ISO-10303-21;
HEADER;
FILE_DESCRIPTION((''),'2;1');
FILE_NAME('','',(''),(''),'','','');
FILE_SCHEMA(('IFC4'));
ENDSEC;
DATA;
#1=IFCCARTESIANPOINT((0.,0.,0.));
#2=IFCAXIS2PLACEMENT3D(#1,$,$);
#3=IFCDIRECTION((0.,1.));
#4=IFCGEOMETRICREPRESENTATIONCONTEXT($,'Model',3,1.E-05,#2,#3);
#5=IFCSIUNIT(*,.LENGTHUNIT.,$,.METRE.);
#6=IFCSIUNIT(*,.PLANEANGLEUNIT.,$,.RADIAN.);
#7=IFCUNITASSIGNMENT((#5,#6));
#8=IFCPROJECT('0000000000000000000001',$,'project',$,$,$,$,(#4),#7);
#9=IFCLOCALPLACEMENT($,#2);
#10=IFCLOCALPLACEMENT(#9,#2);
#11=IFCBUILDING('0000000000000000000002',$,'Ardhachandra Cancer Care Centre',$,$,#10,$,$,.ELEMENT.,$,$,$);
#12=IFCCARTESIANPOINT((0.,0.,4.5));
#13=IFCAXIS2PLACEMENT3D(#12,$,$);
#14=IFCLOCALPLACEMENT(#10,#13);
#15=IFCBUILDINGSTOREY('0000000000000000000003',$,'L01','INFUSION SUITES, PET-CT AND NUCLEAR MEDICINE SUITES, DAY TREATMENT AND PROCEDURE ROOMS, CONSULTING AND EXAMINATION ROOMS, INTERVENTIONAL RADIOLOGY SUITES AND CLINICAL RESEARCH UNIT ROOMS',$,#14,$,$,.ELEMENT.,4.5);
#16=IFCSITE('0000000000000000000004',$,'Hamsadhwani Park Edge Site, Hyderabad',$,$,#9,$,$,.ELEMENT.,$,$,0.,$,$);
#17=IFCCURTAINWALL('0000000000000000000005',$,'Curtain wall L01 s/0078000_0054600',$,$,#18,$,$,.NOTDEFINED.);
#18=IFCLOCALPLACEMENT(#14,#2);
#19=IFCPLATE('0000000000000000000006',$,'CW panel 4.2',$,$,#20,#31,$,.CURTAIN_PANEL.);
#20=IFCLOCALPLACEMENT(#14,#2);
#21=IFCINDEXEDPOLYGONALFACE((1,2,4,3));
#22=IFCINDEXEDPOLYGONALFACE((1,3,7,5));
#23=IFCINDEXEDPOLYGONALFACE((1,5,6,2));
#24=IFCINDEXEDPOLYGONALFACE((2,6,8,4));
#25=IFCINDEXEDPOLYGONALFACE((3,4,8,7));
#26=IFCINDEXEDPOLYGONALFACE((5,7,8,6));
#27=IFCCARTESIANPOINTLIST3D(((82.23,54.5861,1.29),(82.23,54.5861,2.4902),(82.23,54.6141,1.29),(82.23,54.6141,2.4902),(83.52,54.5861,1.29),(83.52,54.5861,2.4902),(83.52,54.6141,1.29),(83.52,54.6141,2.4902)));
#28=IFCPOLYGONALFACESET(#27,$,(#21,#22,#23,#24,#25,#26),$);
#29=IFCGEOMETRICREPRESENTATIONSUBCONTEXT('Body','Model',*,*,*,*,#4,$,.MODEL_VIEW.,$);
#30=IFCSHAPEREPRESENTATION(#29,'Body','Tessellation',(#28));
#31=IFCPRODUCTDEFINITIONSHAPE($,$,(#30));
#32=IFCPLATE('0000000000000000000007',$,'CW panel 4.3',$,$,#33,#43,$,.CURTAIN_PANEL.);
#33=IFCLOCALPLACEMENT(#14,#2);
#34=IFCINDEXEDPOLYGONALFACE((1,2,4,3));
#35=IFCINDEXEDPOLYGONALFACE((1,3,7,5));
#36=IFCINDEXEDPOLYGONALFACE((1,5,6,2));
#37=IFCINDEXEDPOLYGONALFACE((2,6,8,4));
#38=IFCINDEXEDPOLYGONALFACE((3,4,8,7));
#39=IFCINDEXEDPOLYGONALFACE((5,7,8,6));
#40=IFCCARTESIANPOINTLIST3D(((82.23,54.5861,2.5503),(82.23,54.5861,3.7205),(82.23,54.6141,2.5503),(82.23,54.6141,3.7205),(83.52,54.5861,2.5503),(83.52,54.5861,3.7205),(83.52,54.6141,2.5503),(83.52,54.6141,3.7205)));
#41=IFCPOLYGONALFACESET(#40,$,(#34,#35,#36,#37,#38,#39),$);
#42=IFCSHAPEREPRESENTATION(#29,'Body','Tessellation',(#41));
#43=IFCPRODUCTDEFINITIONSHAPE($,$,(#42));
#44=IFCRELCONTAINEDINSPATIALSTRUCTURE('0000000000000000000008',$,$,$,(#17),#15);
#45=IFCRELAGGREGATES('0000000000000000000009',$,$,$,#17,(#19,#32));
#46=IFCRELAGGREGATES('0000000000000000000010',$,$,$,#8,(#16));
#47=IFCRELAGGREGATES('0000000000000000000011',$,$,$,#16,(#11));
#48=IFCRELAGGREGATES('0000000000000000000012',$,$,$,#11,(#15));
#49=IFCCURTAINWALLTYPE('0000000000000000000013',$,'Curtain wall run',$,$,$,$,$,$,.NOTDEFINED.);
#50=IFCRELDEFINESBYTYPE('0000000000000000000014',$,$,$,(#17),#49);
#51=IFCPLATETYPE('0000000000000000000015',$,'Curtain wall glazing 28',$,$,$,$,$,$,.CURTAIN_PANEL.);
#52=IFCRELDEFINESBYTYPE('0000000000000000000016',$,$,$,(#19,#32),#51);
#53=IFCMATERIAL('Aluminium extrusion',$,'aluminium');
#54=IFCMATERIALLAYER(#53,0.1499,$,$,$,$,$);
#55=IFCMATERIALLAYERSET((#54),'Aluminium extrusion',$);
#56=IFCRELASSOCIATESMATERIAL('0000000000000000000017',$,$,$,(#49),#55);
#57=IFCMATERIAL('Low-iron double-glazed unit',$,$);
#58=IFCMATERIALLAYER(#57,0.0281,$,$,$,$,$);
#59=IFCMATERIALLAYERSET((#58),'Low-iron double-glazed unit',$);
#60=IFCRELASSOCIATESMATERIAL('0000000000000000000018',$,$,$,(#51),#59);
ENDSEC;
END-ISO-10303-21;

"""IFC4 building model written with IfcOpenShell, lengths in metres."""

from ifc_helpers import new_model, si_unit, direction, frame, origin, origin_2d, place, context, subcontext, project, spatial, rectangle, extrude, material, layer, layer_set, type_object, element, aggregate, save


model = new_model("IFC4")

# Units and contexts
model_context = context("Model", 3, precision=1e-05, world=origin(), true_north=direction((0.0, 1.0)))
body_context = subcontext(model_context, "Body", "Model", "MODEL_VIEW")
ifc_project = project(units=[si_unit("LENGTHUNIT", "METRE"), si_unit("PLANEANGLEUNIT", "RADIAN")], contexts=[model_context])

# Site, building, storey
site_placement = place(None, origin())
site = spatial("IfcSite", under=ifc_project, at=site_placement, Name="Hamsadhwani Park Edge Site, Hyderabad", CompositionType="ELEMENT", RefElevation=0.0)
building_placement = place(site_placement, origin())
building = spatial("IfcBuilding", under=site, at=building_placement, Name="Ardhachandra Cancer Care Centre", CompositionType="ELEMENT")
storey_placement = place(building_placement, frame((0.0, 0.0, 4.5)))
storey = spatial("IfcBuildingStorey", under=building, at=storey_placement, Name="L01", Description="INFUSION SUITES, PET-CT AND NUCLEAR MEDICINE SUITES, DAY TREATMENT AND PROCEDURE ROOMS, CONSULTING AND EXAMINATION ROOMS, INTERVENTIONAL RADIOLOGY SUITES AND CLINICAL RESEARCH UNIT ROOMS", CompositionType="ELEMENT", Elevation=4.5)

# Shared definitions
ifc_material_1 = material(Name="Aluminium extrusion", Category="aluminium")
ifc_layer_1 = layer(ifc_material_1, 0.1499)
ifc_layer_set_1 = layer_set([ifc_layer_1], Name="Aluminium extrusion")
curtain_wall_type = type_object("IfcCurtainWallType", Name="Curtain wall run", PredefinedType="NOTDEFINED", material=ifc_layer_set_1)

# Curtain wall
curtain_wall_1_placement = place(storey_placement, origin())
curtain_wall_1 = element("IfcCurtainWall", 1, at=curtain_wall_1_placement, inside=storey, type_object=curtain_wall_type, Name="Curtain wall L01 s/0078000_0054600", PredefinedType="NOTDEFINED")

# Plates
ifc_material_2 = material(Name="Low-iron double-glazed unit")
ifc_layer_2 = layer(ifc_material_2, 0.0281)
ifc_layer_set_2 = layer_set([ifc_layer_2], Name="Low-iron double-glazed unit")
plate_type = type_object("IfcPlateType", Name="Curtain wall glazing 28", PredefinedType="CURTAIN_PANEL", material=ifc_layer_set_2)
plate_1_placement = place(storey_placement, frame((82.875, 54.6001, 1.29), z_axis=(0.0, 0.0, 1.0), x_axis=(1.0, 0.0, 0.0)))
plate_1 = element("IfcPlate", 2, at=plate_1_placement, type_object=plate_type, Name="CW panel 4.2", PredefinedType="CURTAIN_PANEL", context=body_context, shape_type="SweptSolid", body=[
    extrude(rectangle(XDim=1.29, YDim=0.0281, at=origin_2d()), origin(), (0.0, 0.0, 1.0), 1.2002),
])
plate_2_placement = place(storey_placement, frame((82.875, 54.6001, 2.5503), z_axis=(0.0, 0.0, 1.0), x_axis=(1.0, 0.0, 0.0)))
plate_2 = element("IfcPlate", 3, at=plate_2_placement, type_object=plate_type, Name="CW panel 4.3", PredefinedType="CURTAIN_PANEL", context=body_context, shape_type="SweptSolid", body=[
    extrude(rectangle(XDim=1.29, YDim=0.0281, at=origin_2d()), origin(), (0.0, 0.0, 1.0), 1.1702),
])
aggregate(curtain_wall_1, [plate_1, plate_2])

save(model, "model.ifc")
